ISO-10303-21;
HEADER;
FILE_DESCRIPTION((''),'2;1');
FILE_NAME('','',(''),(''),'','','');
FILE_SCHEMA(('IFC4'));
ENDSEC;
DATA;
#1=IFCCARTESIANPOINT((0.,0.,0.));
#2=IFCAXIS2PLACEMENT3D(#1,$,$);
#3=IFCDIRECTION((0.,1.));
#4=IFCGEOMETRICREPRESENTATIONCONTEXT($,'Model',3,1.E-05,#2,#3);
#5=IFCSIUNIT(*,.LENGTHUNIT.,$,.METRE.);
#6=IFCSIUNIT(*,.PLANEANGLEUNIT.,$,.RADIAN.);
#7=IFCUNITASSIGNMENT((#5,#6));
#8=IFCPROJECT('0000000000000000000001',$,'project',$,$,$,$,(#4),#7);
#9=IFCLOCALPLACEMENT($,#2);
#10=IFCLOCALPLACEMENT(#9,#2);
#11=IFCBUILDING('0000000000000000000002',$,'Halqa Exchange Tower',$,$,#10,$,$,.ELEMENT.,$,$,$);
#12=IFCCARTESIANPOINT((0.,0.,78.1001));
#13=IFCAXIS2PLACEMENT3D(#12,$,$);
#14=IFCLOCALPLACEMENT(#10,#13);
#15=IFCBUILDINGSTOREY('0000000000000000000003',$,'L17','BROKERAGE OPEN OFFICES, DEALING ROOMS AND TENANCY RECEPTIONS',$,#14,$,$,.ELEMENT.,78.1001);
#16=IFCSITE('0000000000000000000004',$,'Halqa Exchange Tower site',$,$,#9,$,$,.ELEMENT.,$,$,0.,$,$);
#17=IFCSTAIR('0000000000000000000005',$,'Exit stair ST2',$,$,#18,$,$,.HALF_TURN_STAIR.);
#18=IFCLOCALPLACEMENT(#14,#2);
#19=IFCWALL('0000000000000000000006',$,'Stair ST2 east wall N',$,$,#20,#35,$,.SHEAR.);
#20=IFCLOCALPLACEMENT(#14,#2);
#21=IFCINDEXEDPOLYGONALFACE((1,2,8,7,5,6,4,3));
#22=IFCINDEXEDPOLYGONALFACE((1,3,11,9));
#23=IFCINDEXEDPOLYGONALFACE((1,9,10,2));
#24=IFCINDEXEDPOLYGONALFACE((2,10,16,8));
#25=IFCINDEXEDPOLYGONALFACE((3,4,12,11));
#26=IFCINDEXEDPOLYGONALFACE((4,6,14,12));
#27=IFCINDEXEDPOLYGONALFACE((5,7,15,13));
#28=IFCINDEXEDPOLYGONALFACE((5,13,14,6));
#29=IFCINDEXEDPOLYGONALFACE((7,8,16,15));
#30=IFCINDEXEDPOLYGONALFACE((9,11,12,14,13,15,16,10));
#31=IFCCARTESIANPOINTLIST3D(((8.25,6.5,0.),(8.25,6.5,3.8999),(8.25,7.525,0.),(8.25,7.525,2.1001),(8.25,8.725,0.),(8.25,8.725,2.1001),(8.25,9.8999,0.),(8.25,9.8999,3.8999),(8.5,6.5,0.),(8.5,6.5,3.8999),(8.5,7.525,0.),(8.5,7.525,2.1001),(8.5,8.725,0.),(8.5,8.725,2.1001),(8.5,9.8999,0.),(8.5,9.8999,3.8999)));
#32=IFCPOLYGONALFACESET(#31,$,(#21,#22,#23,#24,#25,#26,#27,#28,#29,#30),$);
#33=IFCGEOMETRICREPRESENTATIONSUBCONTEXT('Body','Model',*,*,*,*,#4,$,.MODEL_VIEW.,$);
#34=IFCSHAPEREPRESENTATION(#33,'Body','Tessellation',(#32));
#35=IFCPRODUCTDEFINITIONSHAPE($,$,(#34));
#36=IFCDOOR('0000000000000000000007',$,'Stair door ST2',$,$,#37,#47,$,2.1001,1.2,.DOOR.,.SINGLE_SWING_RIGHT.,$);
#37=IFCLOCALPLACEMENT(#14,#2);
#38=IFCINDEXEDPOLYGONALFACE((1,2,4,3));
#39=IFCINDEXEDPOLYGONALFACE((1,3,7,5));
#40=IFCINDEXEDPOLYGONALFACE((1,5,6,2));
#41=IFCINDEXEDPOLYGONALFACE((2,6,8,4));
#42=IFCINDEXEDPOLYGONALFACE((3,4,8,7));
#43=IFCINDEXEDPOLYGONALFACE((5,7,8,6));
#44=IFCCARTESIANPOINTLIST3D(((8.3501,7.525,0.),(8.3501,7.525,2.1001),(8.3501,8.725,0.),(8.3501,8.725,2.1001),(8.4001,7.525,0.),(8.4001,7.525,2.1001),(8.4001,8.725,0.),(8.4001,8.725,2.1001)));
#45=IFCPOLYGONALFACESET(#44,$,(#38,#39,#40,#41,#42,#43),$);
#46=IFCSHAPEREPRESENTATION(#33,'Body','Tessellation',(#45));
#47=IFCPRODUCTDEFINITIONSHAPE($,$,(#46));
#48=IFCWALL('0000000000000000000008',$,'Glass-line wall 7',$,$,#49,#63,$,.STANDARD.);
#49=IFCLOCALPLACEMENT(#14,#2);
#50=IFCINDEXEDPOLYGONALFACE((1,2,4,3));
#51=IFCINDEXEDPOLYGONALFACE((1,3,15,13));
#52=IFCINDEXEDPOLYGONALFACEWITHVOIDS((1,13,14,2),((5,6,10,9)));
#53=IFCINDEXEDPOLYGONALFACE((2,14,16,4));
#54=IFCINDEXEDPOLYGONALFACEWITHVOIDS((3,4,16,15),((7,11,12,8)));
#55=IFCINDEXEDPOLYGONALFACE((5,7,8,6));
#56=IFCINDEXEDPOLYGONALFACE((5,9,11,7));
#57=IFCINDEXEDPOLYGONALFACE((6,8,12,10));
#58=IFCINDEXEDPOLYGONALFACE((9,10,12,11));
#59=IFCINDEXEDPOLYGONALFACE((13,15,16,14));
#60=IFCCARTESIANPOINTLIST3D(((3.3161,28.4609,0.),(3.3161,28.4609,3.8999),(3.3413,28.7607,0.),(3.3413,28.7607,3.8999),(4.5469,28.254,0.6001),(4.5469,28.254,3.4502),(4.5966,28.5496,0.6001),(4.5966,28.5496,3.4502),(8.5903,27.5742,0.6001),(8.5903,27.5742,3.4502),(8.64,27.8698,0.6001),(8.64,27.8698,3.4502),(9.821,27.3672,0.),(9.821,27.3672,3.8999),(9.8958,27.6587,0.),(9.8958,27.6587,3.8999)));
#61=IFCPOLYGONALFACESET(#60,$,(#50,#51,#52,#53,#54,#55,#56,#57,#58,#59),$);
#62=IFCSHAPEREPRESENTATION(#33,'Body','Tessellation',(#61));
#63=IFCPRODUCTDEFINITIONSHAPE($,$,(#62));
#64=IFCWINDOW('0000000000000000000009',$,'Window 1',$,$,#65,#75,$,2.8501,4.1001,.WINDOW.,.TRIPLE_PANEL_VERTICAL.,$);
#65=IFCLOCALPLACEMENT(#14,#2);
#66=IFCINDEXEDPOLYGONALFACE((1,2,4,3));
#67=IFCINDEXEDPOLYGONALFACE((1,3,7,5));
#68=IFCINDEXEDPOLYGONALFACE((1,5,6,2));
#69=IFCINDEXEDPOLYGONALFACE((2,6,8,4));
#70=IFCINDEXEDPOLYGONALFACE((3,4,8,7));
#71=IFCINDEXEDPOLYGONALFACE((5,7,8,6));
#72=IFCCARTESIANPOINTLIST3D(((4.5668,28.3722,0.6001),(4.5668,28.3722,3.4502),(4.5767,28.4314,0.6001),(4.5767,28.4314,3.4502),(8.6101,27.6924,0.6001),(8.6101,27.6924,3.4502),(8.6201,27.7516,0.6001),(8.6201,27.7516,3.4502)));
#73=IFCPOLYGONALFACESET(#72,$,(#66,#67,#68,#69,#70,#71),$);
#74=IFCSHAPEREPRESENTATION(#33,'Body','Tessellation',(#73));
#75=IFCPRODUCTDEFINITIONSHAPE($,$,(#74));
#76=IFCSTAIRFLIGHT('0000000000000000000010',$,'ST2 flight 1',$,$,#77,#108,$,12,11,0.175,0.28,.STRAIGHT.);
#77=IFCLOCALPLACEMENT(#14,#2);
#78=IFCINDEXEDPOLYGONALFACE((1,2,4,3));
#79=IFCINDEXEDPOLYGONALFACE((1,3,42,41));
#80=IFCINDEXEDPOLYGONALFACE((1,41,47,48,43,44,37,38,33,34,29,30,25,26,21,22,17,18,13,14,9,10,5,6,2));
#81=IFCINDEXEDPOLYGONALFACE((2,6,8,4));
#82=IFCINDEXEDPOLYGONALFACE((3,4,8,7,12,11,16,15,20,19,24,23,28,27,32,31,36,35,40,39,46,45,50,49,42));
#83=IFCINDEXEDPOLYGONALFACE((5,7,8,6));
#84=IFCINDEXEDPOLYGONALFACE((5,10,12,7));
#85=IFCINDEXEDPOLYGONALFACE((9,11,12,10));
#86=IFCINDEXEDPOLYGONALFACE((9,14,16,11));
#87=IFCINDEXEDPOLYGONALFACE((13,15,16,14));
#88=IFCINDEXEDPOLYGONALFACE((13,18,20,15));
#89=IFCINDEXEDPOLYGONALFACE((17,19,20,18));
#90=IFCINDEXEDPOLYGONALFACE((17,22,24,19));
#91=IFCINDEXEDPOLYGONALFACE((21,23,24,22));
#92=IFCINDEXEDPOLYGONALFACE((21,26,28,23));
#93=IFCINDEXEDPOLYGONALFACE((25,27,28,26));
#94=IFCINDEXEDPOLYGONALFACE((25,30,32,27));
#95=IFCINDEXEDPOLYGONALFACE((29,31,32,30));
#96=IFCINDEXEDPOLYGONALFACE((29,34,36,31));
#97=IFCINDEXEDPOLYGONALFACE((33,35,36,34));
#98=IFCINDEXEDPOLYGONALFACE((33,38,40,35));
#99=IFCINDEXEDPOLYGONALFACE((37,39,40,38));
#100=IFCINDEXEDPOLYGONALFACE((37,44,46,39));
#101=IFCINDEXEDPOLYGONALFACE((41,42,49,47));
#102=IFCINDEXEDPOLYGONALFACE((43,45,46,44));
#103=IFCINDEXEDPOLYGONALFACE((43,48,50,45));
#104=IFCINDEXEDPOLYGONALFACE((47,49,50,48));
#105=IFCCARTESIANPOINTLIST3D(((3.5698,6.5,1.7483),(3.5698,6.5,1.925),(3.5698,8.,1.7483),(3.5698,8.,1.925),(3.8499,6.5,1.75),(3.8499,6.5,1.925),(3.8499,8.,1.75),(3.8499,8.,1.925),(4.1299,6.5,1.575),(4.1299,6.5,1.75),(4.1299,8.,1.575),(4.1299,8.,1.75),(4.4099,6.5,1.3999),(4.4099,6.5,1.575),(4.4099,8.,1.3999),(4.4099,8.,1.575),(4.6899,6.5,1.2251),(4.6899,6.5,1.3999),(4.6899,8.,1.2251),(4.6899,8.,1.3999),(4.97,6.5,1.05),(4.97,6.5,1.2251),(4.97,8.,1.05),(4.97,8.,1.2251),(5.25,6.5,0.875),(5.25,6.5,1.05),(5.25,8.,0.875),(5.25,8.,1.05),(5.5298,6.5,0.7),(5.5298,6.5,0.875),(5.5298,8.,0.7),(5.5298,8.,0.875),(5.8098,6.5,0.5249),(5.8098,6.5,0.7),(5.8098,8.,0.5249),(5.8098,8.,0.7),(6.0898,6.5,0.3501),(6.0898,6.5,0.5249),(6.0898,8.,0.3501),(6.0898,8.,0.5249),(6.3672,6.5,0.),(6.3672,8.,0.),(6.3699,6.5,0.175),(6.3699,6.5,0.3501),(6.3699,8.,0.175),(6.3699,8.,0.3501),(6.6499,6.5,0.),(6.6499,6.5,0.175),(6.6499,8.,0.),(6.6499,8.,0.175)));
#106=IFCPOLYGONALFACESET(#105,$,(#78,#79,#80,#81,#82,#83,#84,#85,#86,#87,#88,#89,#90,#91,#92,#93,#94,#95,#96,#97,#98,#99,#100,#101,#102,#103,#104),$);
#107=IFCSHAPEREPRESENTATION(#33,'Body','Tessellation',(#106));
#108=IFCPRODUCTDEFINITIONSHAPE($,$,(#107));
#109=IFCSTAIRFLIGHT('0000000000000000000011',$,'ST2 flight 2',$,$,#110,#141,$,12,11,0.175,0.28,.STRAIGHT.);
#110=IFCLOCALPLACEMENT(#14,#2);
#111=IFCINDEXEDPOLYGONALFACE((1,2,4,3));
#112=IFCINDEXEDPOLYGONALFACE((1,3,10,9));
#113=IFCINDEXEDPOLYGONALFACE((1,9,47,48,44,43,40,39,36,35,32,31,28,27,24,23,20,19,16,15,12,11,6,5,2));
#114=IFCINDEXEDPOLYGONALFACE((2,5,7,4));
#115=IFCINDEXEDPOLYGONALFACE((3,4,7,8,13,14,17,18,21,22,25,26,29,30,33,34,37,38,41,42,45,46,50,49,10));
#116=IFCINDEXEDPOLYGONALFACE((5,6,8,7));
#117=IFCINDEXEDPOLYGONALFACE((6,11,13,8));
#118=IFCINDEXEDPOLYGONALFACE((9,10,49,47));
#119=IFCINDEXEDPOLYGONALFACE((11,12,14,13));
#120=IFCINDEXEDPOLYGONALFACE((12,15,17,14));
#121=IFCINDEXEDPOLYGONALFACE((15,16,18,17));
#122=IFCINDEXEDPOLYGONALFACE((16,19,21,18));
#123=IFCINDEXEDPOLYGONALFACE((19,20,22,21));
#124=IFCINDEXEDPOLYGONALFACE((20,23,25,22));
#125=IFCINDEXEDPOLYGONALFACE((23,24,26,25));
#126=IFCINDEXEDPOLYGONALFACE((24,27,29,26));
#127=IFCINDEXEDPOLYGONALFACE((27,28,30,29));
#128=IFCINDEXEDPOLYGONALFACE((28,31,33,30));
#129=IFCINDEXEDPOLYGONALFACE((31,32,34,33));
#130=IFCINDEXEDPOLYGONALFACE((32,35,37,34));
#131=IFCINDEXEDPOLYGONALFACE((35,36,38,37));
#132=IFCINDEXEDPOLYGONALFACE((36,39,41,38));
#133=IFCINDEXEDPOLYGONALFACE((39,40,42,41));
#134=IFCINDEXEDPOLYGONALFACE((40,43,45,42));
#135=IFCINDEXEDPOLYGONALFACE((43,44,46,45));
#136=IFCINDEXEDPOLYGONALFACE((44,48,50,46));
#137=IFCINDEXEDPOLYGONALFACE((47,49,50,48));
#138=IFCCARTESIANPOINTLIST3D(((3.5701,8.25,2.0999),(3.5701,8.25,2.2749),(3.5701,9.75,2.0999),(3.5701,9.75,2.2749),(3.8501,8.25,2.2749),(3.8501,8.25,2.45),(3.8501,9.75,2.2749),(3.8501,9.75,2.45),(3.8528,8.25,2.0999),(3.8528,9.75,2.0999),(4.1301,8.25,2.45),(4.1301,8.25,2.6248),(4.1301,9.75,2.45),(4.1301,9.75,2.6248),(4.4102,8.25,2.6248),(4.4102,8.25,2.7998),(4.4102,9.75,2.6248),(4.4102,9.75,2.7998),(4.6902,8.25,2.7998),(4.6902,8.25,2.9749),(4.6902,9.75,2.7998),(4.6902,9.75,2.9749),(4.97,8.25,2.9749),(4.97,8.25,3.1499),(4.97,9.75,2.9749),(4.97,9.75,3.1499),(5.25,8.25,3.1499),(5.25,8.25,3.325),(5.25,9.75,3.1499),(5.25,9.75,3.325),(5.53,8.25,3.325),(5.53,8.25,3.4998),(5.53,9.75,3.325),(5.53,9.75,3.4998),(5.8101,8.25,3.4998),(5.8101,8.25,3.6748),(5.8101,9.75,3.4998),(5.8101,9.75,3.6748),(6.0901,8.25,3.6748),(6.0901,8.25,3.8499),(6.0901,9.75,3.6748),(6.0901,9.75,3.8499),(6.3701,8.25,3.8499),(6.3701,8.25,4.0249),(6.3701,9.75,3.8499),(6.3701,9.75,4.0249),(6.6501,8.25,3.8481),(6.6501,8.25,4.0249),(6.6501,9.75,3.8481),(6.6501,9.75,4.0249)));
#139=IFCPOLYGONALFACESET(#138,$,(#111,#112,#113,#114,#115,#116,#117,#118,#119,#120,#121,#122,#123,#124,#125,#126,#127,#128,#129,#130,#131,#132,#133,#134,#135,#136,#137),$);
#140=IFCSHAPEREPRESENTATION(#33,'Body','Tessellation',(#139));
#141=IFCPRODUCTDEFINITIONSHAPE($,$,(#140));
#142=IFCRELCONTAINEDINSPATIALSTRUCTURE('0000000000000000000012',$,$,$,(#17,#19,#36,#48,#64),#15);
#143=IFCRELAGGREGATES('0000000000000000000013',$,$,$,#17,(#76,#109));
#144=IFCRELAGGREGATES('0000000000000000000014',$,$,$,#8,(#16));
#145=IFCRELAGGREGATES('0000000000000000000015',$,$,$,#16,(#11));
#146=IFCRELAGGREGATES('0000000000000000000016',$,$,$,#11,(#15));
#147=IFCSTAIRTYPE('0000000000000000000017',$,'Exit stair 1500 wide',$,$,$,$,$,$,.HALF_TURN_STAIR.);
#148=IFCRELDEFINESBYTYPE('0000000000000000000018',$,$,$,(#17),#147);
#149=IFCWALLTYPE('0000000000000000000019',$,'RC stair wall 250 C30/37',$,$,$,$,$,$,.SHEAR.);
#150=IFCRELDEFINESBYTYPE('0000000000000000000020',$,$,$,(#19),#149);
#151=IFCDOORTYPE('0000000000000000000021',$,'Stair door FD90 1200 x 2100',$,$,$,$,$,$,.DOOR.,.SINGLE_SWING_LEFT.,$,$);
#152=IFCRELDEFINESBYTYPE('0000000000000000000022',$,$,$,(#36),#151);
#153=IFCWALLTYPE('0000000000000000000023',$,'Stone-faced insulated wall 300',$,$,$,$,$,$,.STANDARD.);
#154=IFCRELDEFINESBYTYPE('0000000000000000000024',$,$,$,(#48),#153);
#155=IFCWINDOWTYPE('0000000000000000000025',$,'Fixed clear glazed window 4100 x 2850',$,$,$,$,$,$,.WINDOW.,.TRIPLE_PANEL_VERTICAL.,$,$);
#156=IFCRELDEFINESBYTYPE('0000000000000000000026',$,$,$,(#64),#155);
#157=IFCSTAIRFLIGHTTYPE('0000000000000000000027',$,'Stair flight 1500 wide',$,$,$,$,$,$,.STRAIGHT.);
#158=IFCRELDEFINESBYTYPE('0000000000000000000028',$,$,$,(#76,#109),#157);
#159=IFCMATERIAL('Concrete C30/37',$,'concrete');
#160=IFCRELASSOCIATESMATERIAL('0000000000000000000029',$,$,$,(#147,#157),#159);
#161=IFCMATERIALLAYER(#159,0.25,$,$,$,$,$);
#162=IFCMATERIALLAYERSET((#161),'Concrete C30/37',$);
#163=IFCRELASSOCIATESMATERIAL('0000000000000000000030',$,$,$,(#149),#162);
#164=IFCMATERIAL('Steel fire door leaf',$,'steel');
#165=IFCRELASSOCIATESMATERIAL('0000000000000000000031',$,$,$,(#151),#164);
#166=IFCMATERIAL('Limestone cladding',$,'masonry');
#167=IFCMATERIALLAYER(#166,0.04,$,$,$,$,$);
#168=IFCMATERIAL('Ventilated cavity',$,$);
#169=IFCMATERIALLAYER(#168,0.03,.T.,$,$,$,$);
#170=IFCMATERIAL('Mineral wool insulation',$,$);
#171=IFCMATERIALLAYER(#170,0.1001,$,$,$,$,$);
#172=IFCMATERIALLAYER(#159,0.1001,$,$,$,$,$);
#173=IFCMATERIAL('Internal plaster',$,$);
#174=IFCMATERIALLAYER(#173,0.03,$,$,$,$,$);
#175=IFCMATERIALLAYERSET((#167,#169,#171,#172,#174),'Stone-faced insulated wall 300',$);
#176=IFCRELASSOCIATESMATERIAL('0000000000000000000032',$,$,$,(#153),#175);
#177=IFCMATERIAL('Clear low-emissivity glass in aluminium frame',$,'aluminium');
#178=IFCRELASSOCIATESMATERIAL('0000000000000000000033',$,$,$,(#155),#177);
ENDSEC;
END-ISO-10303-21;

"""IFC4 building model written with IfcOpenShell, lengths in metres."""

from ifc_helpers import new_model, si_unit, direction, frame, frame_2d, origin, place, context, subcontext, project, spatial, polyline, rectangle, outline, extrude, material, layer, layer_set, type_object, element, fill, aggregate, save


model = new_model("IFC4")

# Units and contexts
model_context = context("Model", 3, precision=1e-05, world=origin(), true_north=direction((0.0, 1.0)))
body_context = subcontext(model_context, "Body", "Model", "MODEL_VIEW")
ifc_project = project(units=[si_unit("LENGTHUNIT", "METRE"), si_unit("PLANEANGLEUNIT", "RADIAN")], contexts=[model_context])

# Site, building, storey
site_placement = place(None, origin())
site = spatial("IfcSite", under=ifc_project, at=site_placement, Name="Halqa Exchange Tower site", CompositionType="ELEMENT", RefElevation=0.0)
building_placement = place(site_placement, origin())
building = spatial("IfcBuilding", under=site, at=building_placement, Name="Halqa Exchange Tower", CompositionType="ELEMENT")
storey_placement = place(building_placement, frame((0.0, 0.0, 78.1001)))
storey = spatial("IfcBuildingStorey", under=building, at=storey_placement, Name="L17", Description="BROKERAGE OPEN OFFICES, DEALING ROOMS AND TENANCY RECEPTIONS", CompositionType="ELEMENT", Elevation=78.1001)

# Stair
ifc_material_1 = material(Name="Concrete C30/37", Category="concrete")
stair_type = type_object("IfcStairType", Name="Exit stair 1500 wide", PredefinedType="HALF_TURN_STAIR", material=ifc_material_1)
stair_1_placement = place(storey_placement, origin())
stair_1 = element("IfcStair", 1, at=stair_1_placement, inside=storey, type_object=stair_type, Name="Exit stair ST2", PredefinedType="HALF_TURN_STAIR")

# Shared definitions
ifc_layer_1 = layer(ifc_material_1, 0.25)
ifc_layer_set_1 = layer_set([ifc_layer_1], Name="Concrete C30/37")
wall_type_1 = type_object("IfcWallType", Name="RC stair wall 250 C30/37", PredefinedType="SHEAR", material=ifc_layer_set_1)

# Wall, opening, door
wall_1_placement = place(storey_placement, frame((8.375, 6.5, 0.0), z_axis=(0.0, 0.0, 1.0), x_axis=(0.0, 1.0, 0.0)))
wall_1 = element("IfcWall", 2, at=wall_1_placement, inside=storey, type_object=wall_type_1, Name="Stair ST2 east wall N", PredefinedType="SHEAR", context=body_context, shape_type="SweptSolid", body=[
    extrude(rectangle(XDim=3.3999, YDim=0.25, at=frame_2d((1.7, 0.0))), origin(), (0.0, 0.0, 1.0), 3.8999),
])
opening_1_placement = place(wall_1_placement, frame((1.0249, 0.0, 0.0)))
opening_1 = element("IfcOpeningElement", 3, at=opening_1_placement, cuts=wall_1, PredefinedType="OPENING", context=body_context, shape_type="SweptSolid", body=[
    extrude(rectangle(XDim=1.2, YDim=2.1001, at=frame_2d((0.6001, 1.05))), frame((0.0, 0.137, 0.0), z_axis=(0.0, -1.0, 0.0), x_axis=(1.0, 0.0, 0.0)), (0.0, 0.0, 1.0), 0.2739),
])
ifc_material_2 = material(Name="Steel fire door leaf", Category="steel")
door_type_1 = type_object("IfcDoorType", Name="Stair door FD90 1200 x 2100", OperationType="SINGLE_SWING_LEFT", PredefinedType="DOOR", material=ifc_material_2)
door_1_placement = place(opening_1_placement, origin())
door_1 = element("IfcDoor", 4, at=door_1_placement, inside=storey, type_object=door_type_1, Name="Stair door ST2", OperationType="SINGLE_SWING_RIGHT", OverallHeight=2.1001, OverallWidth=1.2, PredefinedType="DOOR", context=body_context, shape_type="SweptSolid", body=[
    extrude(rectangle(XDim=1.2, YDim=2.1001, at=frame_2d((0.6001, 1.05))), frame((0.0, 0.0249, 0.0), z_axis=(0.0, -1.0, 0.0), x_axis=(1.0, 0.0, 0.0)), (0.0, 0.0, 1.0), 0.05),
])
fill(opening_1, door_1)

# Wall, opening, window
ifc_material_3 = material(Name="Limestone cladding", Category="masonry")
ifc_layer_2 = layer(ifc_material_3, 0.04)
ifc_material_4 = material(Name="Ventilated cavity")
ifc_layer_3 = layer(ifc_material_4, 0.03, ventilated=True)
ifc_material_5 = material(Name="Mineral wool insulation")
ifc_layer_4 = layer(ifc_material_5, 0.1001)
ifc_layer_5 = layer(ifc_material_1, 0.1001)
ifc_material_6 = material(Name="Internal plaster")
ifc_layer_6 = layer(ifc_material_6, 0.03)
ifc_layer_set_2 = layer_set([ifc_layer_2, ifc_layer_3, ifc_layer_4, ifc_layer_5, ifc_layer_6], Name="Stone-faced insulated wall 300")
wall_type_2 = type_object("IfcWallType", Name="Stone-faced insulated wall 300", PredefinedType="STANDARD", material=ifc_layer_set_2)
wall_2_placement = place(storey_placement, frame((9.8584, 27.5129, 0.0), z_axis=(0.0, 0.0, 1.0), x_axis=(-0.986158, 0.16581, 0.0)))
wall_2 = element("IfcWall", 5, at=wall_2_placement, inside=storey, type_object=wall_type_2, Name="Glass-line wall 7", PredefinedType="STANDARD", context=body_context, shape_type="SweptSolid", body=[
    extrude(outline(polyline([(-0.0127, -0.1499), (6.6338, -0.1499), (6.6089, 0.1499), (0.0127, 0.1499), (-0.0127, -0.1499)])), origin(), (0.0, 0.0, 1.0), 3.8999),
])
opening_2_placement = place(wall_2_placement, frame((1.2607, 0.0, 0.6001)))
opening_2 = element("IfcOpeningElement", 6, at=opening_2_placement, cuts=wall_2, PredefinedType="OPENING", context=body_context, shape_type="SweptSolid", body=[
    extrude(rectangle(XDim=4.1001, YDim=2.8501, at=frame_2d((2.05, 1.425))), frame((0.0, 0.1621, 0.0), z_axis=(0.0, -1.0, 0.0), x_axis=(1.0, 0.0, 0.0)), (0.0, 0.0, 1.0), 0.324),
])
ifc_material_7 = material(Name="Clear low-emissivity glass in aluminium frame", Category="aluminium")
window_type = type_object("IfcWindowType", Name="Fixed clear glazed window 4100 x 2850", PartitioningType="TRIPLE_PANEL_VERTICAL", PredefinedType="WINDOW", material=ifc_material_7)
window_placement = place(opening_2_placement, origin())
window = element("IfcWindow", 7, at=window_placement, inside=storey, type_object=window_type, Name="Window 1", OverallHeight=2.8501, OverallWidth=4.1001, PartitioningType="TRIPLE_PANEL_VERTICAL", PredefinedType="WINDOW", context=body_context, shape_type="SweptSolid", body=[
    extrude(rectangle(XDim=4.1001, YDim=2.8501, at=frame_2d((2.05, 1.425))), frame((0.0, 0.03, 0.0), z_axis=(0.0, -1.0, 0.0), x_axis=(1.0, 0.0, 0.0)), (0.0, 0.0, 1.0), 0.0601),
])
fill(opening_2, window)

# Stair flights
stair_flight_type = type_object("IfcStairFlightType", Name="Stair flight 1500 wide", PredefinedType="STRAIGHT", material=ifc_material_1)
stair_flight_1_placement = place(storey_placement, frame((6.6499, 7.25, 0.0), z_axis=(0.0, 0.0, 1.0), x_axis=(-1.0, 0.0, 0.0)))
stair_flight_1 = element("IfcStairFlight", 8, at=stair_flight_1_placement, type_object=stair_flight_type, Name="ST2 flight 1", NumberOfRisers=12, NumberOfTreads=11, PredefinedType="STRAIGHT", RiserHeight=0.175, TreadLength=0.28, context=body_context, shape_type="SweptSolid", body=[
    extrude(outline(polyline([(0.0, 0.0), (0.0, 0.175), (0.28, 0.175), (0.28, 0.3501), (0.5601, 0.3501), (0.5601, 0.5249), (0.8401, 0.5249), (0.8401, 0.7), (1.1201, 0.7), (1.1201, 0.875), (1.3999, 0.875), (1.3999, 1.05), (1.6799, 1.05), (1.6799, 1.2251), (1.96, 1.2251), (1.96, 1.3999), (2.24, 1.3999), (2.24, 1.575), (2.52, 1.575), (2.52, 1.75), (2.8, 1.75), (2.8, 1.925), (3.0801, 1.925), (3.0801, 2.1001), (3.0801, 1.7483), (0.2827, 0.0), (0.0, 0.0)])), frame((0.0, 0.75, 0.0), z_axis=(0.0, -1.0, 0.0), x_axis=(1.0, 0.0, 0.0)), (0.0, 0.0, 1.0), 1.5),
])
stair_flight_2_placement = place(storey_placement, frame((3.5701, 9.0, 2.0999), z_axis=(0.0, 0.0, 1.0), x_axis=(1.0, 0.0, 0.0)))
stair_flight_2 = element("IfcStairFlight", 9, at=stair_flight_2_placement, type_object=stair_flight_type, Name="ST2 flight 2", NumberOfRisers=12, NumberOfTreads=11, PredefinedType="STRAIGHT", RiserHeight=0.175, TreadLength=0.28, context=body_context, shape_type="SweptSolid", body=[
    extrude(outline(polyline([(0.0, 0.0), (0.0, 0.175), (0.28, 0.175), (0.28, 0.3501), (0.5601, 0.3501), (0.5601, 0.5249), (0.8401, 0.5249), (0.8401, 0.7), (1.1201, 0.7), (1.1201, 0.875), (1.3999, 0.875), (1.3999, 1.05), (1.6799, 1.05), (1.6799, 1.2251), (1.96, 1.2251), (1.96, 1.3999), (2.24, 1.3999), (2.24, 1.575), (2.52, 1.575), (2.52, 1.75), (2.8, 1.75), (2.8, 1.925), (3.0801, 1.925), (3.0801, 2.1001), (3.0801, 1.7483), (0.2827, 0.0), (0.0, 0.0)])), frame((0.0, 0.75, 0.0), z_axis=(0.0, -1.0, 0.0), x_axis=(1.0, 0.0, 0.0)), (0.0, 0.0, 1.0), 1.5),
])
aggregate(stair_1, [stair_flight_1, stair_flight_2])

save(model, "model.ifc")
